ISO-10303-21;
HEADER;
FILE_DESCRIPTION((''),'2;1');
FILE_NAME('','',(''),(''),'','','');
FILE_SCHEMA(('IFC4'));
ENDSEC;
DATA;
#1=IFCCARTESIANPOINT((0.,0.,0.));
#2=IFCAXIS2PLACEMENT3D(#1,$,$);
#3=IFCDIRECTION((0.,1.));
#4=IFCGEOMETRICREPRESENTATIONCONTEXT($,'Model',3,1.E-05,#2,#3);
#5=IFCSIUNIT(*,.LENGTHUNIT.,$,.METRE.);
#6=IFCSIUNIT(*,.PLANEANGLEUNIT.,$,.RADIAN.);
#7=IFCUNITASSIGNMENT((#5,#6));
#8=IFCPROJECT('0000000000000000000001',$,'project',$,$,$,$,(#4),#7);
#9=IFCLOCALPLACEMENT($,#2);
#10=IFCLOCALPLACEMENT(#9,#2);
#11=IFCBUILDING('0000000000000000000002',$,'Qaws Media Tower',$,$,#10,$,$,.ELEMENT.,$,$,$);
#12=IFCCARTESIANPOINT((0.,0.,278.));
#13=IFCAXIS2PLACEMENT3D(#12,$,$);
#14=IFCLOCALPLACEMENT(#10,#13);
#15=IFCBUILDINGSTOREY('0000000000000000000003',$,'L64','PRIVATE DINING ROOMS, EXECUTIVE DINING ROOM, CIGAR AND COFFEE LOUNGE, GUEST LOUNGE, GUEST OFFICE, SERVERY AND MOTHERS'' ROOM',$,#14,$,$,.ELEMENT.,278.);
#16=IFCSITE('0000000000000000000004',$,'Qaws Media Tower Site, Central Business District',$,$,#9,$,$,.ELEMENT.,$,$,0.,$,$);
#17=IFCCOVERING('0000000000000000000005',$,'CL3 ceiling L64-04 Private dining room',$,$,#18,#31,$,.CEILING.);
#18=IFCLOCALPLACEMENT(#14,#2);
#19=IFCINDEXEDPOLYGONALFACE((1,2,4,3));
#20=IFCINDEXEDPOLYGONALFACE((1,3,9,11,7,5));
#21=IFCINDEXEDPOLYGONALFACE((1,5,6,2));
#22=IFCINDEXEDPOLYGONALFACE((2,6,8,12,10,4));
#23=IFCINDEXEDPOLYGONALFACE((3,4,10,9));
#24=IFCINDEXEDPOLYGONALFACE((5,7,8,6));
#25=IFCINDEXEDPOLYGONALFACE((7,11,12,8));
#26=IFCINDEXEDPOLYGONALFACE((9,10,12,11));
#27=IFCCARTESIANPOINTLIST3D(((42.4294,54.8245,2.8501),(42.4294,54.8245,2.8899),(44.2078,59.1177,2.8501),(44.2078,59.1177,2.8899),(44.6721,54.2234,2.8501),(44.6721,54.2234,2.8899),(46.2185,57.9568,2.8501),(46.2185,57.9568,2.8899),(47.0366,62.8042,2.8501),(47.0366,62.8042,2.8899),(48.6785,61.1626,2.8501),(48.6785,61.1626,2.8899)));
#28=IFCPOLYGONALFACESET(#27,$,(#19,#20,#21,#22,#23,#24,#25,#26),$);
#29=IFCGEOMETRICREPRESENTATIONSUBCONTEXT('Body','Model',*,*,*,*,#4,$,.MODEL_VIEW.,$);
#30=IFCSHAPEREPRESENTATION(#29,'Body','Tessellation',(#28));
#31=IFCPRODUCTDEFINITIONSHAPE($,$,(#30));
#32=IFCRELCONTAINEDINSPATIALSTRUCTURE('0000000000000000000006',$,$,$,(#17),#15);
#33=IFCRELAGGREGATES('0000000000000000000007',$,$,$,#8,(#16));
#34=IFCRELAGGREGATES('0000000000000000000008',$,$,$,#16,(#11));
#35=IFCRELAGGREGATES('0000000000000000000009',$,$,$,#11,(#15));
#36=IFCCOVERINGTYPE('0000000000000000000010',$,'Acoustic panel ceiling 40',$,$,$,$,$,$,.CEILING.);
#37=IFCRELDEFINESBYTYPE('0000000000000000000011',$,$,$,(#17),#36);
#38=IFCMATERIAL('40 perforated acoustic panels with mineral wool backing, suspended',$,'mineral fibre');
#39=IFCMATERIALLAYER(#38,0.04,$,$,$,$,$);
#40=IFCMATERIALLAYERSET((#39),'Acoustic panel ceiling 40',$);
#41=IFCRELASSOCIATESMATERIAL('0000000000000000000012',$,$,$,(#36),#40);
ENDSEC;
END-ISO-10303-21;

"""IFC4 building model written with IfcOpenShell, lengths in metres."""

from ifc_helpers import new_model, si_unit, direction, frame, origin, place, context, subcontext, project, spatial, polyline, outline, extrude, material, layer, layer_set, type_object, element, save


model = new_model("IFC4")

# Units and contexts
model_context = context("Model", 3, precision=1e-05, world=origin(), true_north=direction((0.0, 1.0)))
body_context = subcontext(model_context, "Body", "Model", "MODEL_VIEW")
ifc_project = project(units=[si_unit("LENGTHUNIT", "METRE"), si_unit("PLANEANGLEUNIT", "RADIAN")], contexts=[model_context])

# Site, building, storey
site_placement = place(None, origin())
site = spatial("IfcSite", under=ifc_project, at=site_placement, Name="Qaws Media Tower Site, Central Business District", CompositionType="ELEMENT", RefElevation=0.0)
building_placement = place(site_placement, origin())
building = spatial("IfcBuilding", under=site, at=building_placement, Name="Qaws Media Tower", CompositionType="ELEMENT")
storey_placement = place(building_placement, frame((0.0, 0.0, 278.0)))
storey = spatial("IfcBuildingStorey", under=building, at=storey_placement, Name="L64", Description="PRIVATE DINING ROOMS, EXECUTIVE DINING ROOM, CIGAR AND COFFEE LOUNGE, GUEST LOUNGE, GUEST OFFICE, SERVERY AND MOTHERS' ROOM", CompositionType="ELEMENT", Elevation=278.0)

# Covering
ifc_material_1 = material(Name="40 perforated acoustic panels with mineral wool backing, suspended", Category="mineral fibre")
ifc_layer_1 = layer(ifc_material_1, 0.04)
ifc_layer_set_1 = layer_set([ifc_layer_1], Name="Acoustic panel ceiling 40")
covering_type_1 = type_object("IfcCoveringType", Name="Acoustic panel ceiling 40", PredefinedType="CEILING", material=ifc_layer_set_1)
covering_1_placement = place(storey_placement, frame((0.0, 0.0, 2.8501)))
element("IfcCovering", 1, at=covering_1_placement, inside=storey, type_object=covering_type_1, Name="CL3 ceiling L64-04 Private dining room", PredefinedType="CEILING", context=body_context, shape_type="SweptSolid", body=[
    extrude(outline(polyline([(44.2078, 59.1177), (47.0366, 62.8042), (48.6785, 61.1626), (46.2185, 57.9568), (44.6721, 54.2234), (42.4294, 54.8245), (44.2078, 59.1177)])), origin(), (0.0, 0.0, 1.0), 0.0398),
])

save(model, "model.ifc")
